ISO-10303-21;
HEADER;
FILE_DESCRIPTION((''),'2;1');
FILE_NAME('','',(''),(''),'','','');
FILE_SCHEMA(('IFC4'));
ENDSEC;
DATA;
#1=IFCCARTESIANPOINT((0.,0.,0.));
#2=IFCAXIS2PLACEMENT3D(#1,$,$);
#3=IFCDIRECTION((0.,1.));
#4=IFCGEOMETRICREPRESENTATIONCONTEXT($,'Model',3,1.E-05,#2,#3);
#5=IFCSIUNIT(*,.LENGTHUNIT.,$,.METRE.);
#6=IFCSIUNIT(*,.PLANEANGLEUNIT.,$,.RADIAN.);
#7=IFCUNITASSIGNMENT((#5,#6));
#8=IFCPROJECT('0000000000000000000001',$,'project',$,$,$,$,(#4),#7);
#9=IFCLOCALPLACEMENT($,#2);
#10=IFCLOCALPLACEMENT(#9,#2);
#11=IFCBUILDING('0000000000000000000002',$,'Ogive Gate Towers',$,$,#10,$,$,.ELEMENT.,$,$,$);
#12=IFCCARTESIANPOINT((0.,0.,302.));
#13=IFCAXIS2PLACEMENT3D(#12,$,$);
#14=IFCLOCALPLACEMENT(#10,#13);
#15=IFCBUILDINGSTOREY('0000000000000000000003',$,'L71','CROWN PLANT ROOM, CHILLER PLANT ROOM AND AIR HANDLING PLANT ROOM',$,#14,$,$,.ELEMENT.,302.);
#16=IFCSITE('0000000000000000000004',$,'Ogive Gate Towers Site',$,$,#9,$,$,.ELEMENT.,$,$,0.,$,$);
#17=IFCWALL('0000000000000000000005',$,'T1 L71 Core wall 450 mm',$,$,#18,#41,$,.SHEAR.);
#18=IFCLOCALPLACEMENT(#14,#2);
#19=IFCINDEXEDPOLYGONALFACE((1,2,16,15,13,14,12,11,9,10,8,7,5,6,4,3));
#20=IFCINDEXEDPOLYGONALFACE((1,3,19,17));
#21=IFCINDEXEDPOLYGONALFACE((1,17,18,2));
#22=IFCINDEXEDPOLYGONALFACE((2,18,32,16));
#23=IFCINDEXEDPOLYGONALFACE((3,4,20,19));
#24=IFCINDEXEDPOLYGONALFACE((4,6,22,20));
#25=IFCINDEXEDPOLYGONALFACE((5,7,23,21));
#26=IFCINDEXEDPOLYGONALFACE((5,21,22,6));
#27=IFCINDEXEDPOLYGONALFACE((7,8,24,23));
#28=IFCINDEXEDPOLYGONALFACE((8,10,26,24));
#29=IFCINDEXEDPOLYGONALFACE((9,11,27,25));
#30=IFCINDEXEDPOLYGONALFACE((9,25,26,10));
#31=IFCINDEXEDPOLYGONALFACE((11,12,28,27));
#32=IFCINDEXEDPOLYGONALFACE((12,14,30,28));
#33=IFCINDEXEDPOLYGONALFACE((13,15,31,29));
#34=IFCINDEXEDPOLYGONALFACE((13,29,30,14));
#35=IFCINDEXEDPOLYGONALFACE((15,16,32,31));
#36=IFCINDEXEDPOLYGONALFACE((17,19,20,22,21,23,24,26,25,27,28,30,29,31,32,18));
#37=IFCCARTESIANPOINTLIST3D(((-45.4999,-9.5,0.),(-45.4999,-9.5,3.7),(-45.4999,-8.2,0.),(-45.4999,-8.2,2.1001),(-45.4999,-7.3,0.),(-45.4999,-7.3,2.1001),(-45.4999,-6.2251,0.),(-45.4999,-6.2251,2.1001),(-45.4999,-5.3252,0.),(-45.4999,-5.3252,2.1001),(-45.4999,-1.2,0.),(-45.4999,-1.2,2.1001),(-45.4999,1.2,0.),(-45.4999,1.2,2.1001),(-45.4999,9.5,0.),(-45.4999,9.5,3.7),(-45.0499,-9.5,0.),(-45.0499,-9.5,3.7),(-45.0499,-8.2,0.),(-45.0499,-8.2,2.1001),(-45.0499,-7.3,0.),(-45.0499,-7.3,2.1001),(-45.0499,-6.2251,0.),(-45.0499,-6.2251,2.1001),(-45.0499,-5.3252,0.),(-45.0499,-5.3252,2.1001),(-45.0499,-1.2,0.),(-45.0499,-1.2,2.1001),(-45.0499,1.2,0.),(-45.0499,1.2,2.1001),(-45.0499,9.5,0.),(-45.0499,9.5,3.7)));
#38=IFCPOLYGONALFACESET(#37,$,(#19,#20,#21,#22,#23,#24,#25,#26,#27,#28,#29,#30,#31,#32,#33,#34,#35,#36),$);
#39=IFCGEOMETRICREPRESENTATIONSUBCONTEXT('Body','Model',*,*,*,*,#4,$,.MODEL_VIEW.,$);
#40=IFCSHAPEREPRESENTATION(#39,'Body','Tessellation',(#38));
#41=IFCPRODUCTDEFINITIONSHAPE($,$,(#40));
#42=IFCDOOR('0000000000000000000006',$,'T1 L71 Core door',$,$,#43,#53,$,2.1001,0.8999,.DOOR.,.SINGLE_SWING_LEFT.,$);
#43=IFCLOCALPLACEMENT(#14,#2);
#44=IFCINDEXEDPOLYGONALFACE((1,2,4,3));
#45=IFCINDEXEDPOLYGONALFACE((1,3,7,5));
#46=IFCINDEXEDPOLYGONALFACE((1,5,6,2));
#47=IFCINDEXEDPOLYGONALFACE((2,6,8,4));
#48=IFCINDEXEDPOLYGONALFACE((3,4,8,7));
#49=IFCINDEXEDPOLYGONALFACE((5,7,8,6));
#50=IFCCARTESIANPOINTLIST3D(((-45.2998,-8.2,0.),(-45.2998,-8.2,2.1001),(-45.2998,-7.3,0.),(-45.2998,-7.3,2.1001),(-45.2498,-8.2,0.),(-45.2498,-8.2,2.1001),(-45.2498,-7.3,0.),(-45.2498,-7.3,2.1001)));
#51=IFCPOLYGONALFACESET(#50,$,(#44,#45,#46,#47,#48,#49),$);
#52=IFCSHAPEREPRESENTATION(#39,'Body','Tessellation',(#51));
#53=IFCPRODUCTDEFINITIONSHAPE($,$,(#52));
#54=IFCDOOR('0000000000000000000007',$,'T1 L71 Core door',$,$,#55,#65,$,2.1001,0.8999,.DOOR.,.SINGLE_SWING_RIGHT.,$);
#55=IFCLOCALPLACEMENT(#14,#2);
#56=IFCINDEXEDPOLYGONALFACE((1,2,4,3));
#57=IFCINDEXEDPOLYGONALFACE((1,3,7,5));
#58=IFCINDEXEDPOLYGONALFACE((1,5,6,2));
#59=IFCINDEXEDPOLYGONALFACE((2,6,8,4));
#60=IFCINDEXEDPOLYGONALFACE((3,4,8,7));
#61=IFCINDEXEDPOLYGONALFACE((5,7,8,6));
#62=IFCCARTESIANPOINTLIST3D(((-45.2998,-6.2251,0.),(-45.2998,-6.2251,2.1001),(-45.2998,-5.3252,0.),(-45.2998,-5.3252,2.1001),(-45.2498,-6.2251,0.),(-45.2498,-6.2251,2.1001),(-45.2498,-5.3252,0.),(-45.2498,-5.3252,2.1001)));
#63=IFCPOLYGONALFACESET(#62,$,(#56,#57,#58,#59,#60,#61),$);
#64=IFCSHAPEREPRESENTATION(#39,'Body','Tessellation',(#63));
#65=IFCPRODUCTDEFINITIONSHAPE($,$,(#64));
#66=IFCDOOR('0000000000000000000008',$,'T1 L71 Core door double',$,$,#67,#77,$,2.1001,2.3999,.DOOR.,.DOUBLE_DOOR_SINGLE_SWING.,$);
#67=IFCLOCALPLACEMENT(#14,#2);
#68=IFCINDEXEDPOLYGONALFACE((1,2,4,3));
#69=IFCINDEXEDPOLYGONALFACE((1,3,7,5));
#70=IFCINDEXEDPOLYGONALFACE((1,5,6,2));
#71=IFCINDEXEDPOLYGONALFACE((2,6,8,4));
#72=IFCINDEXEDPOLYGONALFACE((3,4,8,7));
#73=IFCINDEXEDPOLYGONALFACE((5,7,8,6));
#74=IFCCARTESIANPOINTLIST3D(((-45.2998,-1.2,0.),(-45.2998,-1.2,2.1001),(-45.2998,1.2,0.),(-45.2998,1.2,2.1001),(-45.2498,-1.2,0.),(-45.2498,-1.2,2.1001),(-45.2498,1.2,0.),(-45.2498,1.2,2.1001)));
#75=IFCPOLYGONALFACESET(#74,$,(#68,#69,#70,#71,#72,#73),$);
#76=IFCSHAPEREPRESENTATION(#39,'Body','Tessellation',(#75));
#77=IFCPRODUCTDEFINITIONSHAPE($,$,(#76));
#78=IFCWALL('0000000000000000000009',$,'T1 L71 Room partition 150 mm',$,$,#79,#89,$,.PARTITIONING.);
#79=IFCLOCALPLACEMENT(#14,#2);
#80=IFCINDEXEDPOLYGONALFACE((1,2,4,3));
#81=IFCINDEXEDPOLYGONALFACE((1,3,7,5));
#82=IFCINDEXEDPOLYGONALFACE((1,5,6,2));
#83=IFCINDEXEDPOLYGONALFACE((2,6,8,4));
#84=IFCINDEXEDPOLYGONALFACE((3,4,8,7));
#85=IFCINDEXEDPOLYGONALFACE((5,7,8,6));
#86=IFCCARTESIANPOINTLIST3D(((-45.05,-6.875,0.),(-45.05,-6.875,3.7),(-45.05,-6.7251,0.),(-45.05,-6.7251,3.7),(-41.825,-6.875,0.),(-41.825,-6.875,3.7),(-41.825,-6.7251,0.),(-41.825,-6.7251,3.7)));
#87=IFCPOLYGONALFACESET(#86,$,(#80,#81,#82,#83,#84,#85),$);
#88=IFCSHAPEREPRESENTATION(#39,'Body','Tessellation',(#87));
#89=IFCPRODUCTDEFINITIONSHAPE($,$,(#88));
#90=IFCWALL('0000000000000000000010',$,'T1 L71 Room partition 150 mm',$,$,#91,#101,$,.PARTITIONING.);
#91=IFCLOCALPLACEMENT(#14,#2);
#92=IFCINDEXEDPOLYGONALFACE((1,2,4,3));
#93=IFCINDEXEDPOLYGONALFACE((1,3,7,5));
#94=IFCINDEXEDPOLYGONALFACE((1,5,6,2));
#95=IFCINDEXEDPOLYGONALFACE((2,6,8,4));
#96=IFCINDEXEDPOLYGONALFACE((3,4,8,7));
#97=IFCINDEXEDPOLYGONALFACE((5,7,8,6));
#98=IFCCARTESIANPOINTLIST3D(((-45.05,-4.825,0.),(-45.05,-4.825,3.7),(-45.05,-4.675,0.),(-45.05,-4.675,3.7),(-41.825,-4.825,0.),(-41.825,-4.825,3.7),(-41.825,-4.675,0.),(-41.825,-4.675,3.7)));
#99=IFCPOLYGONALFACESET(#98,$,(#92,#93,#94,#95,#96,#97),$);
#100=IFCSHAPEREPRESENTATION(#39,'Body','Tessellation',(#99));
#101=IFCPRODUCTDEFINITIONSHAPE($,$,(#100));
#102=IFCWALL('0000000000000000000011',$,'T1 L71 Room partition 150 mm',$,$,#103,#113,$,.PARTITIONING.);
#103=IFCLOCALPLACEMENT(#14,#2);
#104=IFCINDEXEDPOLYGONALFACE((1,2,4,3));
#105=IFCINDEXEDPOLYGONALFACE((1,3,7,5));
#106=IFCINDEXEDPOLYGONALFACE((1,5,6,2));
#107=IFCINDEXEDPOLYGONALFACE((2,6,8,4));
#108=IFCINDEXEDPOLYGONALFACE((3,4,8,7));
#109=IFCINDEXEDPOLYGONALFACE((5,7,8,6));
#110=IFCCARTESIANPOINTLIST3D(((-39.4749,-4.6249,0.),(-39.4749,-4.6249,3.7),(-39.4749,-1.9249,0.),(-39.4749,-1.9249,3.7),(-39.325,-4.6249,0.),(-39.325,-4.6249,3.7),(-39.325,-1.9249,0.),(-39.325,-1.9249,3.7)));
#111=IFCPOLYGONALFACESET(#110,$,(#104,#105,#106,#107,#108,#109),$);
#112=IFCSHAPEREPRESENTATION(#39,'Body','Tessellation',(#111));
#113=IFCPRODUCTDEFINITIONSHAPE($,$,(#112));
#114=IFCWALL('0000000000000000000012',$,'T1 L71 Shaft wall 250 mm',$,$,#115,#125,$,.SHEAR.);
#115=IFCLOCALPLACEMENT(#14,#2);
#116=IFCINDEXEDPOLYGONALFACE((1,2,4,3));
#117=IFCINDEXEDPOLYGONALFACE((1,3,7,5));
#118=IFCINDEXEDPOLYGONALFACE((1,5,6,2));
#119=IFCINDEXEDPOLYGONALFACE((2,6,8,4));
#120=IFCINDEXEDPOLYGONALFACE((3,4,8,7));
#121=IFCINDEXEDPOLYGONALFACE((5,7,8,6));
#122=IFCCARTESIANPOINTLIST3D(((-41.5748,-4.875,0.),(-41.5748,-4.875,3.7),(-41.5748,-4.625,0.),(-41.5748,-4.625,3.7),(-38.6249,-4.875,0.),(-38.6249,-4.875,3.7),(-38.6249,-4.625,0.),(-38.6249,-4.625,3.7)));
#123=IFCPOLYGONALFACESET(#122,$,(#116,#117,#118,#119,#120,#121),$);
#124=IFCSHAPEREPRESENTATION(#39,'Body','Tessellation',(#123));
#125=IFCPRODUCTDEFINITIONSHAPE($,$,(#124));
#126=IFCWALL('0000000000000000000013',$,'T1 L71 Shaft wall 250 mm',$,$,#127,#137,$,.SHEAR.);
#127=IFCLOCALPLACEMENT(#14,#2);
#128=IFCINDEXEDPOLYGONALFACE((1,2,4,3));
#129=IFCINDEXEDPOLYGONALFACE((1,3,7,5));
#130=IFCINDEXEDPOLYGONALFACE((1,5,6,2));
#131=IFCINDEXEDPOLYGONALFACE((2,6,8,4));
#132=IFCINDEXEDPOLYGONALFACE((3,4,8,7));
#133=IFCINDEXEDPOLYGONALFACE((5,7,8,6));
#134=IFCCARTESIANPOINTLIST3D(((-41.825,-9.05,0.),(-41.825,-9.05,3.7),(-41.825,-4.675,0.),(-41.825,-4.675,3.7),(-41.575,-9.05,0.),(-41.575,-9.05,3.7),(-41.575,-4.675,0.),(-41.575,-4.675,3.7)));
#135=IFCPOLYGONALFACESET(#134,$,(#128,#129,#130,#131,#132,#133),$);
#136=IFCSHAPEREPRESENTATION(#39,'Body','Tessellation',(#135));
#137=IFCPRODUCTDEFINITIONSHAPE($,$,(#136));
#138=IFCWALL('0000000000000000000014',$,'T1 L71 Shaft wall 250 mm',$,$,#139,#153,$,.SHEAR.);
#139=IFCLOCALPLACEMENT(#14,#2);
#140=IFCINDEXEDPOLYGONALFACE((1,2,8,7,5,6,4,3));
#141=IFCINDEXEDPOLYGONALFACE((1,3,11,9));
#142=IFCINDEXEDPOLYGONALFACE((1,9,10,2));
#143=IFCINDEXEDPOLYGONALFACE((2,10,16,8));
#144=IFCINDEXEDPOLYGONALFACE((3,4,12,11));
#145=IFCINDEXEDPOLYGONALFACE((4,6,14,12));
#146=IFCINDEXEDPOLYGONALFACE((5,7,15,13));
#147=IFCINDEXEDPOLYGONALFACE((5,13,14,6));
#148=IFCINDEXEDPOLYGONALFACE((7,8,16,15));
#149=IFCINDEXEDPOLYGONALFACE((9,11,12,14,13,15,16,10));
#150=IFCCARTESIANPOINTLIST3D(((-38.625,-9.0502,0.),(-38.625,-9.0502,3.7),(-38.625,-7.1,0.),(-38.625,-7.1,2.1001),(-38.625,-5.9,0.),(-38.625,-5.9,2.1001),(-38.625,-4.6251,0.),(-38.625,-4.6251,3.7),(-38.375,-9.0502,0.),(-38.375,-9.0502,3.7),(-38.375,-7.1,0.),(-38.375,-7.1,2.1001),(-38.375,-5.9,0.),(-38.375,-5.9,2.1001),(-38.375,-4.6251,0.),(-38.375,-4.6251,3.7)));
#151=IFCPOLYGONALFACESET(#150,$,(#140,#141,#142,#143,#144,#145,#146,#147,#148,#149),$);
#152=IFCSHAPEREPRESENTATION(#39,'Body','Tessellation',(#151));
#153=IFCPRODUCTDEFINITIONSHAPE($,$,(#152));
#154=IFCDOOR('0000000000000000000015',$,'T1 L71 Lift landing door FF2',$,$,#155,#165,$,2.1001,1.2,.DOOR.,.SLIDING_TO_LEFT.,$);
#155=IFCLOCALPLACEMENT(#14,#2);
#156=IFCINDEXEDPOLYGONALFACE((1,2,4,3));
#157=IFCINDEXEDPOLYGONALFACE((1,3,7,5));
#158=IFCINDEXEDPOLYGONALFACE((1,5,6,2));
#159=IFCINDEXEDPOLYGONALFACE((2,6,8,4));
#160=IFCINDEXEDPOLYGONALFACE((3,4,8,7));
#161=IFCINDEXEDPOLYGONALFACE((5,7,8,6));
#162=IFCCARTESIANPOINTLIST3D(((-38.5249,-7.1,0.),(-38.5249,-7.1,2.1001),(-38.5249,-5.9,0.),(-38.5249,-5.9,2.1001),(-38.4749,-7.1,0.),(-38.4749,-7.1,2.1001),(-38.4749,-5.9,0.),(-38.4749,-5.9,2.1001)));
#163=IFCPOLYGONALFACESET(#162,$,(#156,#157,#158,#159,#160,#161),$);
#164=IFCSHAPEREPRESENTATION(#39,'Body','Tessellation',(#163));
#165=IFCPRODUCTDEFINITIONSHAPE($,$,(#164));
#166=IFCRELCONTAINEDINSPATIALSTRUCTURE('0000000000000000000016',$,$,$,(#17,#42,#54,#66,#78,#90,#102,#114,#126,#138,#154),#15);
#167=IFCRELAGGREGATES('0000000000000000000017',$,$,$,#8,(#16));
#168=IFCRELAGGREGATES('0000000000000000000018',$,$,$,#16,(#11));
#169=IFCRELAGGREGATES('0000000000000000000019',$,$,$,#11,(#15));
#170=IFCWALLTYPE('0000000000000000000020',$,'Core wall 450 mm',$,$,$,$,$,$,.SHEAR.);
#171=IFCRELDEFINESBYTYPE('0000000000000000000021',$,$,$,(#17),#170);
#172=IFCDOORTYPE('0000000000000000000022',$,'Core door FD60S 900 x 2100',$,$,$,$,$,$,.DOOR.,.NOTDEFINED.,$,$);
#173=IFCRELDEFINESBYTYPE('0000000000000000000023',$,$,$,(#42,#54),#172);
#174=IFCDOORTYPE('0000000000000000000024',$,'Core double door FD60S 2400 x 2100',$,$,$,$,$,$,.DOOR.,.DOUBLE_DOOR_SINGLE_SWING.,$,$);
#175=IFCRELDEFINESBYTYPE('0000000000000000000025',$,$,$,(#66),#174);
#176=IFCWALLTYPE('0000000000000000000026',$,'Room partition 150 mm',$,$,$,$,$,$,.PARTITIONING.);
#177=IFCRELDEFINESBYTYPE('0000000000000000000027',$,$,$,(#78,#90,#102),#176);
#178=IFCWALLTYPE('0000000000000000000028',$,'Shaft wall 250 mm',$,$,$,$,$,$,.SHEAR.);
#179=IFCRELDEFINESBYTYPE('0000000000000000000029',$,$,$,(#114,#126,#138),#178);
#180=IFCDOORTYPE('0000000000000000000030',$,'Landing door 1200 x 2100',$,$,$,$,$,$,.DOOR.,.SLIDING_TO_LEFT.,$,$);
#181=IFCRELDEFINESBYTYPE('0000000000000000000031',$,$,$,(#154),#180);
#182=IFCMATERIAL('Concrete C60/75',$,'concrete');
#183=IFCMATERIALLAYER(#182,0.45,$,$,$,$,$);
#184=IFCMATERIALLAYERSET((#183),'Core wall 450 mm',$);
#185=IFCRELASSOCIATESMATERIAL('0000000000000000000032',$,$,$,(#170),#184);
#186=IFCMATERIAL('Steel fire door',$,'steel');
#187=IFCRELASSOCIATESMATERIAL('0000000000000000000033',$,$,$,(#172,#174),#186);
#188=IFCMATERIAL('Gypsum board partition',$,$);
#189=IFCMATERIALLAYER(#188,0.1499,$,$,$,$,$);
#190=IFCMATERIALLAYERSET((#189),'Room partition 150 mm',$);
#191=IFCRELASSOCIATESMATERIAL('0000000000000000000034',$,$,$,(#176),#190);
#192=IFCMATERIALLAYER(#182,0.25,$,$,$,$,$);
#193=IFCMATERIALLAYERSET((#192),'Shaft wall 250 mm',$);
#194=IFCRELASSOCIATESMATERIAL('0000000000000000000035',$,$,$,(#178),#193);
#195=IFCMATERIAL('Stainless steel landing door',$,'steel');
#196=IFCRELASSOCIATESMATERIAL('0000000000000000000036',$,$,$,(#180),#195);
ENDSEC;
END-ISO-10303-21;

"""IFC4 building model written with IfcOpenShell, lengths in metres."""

from ifc_helpers import new_model, si_unit, direction, frame, frame_2d, origin, place, context, subcontext, project, spatial, rectangle, extrude, material, layer, layer_set, type_object, element, fill, save


model = new_model("IFC4")

# Units and contexts
model_context = context("Model", 3, precision=1e-05, world=origin(), true_north=direction((0.0, 1.0)))
body_context = subcontext(model_context, "Body", "Model", "MODEL_VIEW")
ifc_project = project(units=[si_unit("LENGTHUNIT", "METRE"), si_unit("PLANEANGLEUNIT", "RADIAN")], contexts=[model_context])

# Site, building, storey
site_placement = place(None, origin())
site = spatial("IfcSite", under=ifc_project, at=site_placement, Name="Ogive Gate Towers Site", CompositionType="ELEMENT", RefElevation=0.0)
building_placement = place(site_placement, origin())
building = spatial("IfcBuilding", under=site, at=building_placement, Name="Ogive Gate Towers", CompositionType="ELEMENT")
storey_placement = place(building_placement, frame((0.0, 0.0, 302.0)))
storey = spatial("IfcBuildingStorey", under=building, at=storey_placement, Name="L71", Description="CROWN PLANT ROOM, CHILLER PLANT ROOM AND AIR HANDLING PLANT ROOM", CompositionType="ELEMENT", Elevation=302.0)

# Shared definitions
ifc_material_1 = material(Name="Concrete C60/75", Category="concrete")
ifc_layer_1 = layer(ifc_material_1, 0.45)
ifc_layer_set_1 = layer_set([ifc_layer_1], Name="Core wall 450 mm")
wall_type_1 = type_object("IfcWallType", Name="Core wall 450 mm", PredefinedType="SHEAR", material=ifc_layer_set_1)
ifc_material_2 = material(Name="Steel fire door", Category="steel")

# Wall, openings, doors
wall_1_placement = place(storey_placement, frame((-45.2749, -9.5, 0.0), z_axis=(0.0, 0.0, 1.0), x_axis=(0.0, 1.0, 0.0)))
wall_1 = element("IfcWall", 1, at=wall_1_placement, inside=storey, type_object=wall_type_1, Name="T1 L71 Core wall 450 mm", PredefinedType="SHEAR", context=body_context, shape_type="SweptSolid", body=[
    extrude(rectangle(XDim=19.0, YDim=0.45, at=frame_2d((9.5, 0.0))), origin(), (0.0, 0.0, 1.0), 3.7),
])
opening_1_placement = place(wall_1_placement, frame((8.3, 0.0, 0.0)))
opening_1 = element("IfcOpeningElement", 2, at=opening_1_placement, cuts=wall_1, PredefinedType="OPENING", context=body_context, shape_type="SweptSolid", body=[
    extrude(rectangle(XDim=2.3999, YDim=2.1001, at=frame_2d((1.2, 1.05))), frame((0.0, 0.2349, 0.0), z_axis=(0.0, -1.0, 0.0), x_axis=(1.0, 0.0, 0.0)), (0.0, 0.0, 1.0), 0.47),
])
opening_2_placement = place(wall_1_placement, frame((1.3, 0.0, 0.0)))
opening_2 = element("IfcOpeningElement", 3, at=opening_2_placement, cuts=wall_1, PredefinedType="OPENING", context=body_context, shape_type="SweptSolid", body=[
    extrude(rectangle(XDim=0.8999, YDim=2.1001, at=frame_2d((0.45, 1.05))), frame((0.0, 0.2349, 0.0), z_axis=(0.0, -1.0, 0.0), x_axis=(1.0, 0.0, 0.0)), (0.0, 0.0, 1.0), 0.47),
])
opening_3_placement = place(wall_1_placement, frame((3.2749, 0.0, 0.0)))
opening_3 = element("IfcOpeningElement", 4, at=opening_3_placement, cuts=wall_1, PredefinedType="OPENING", context=body_context, shape_type="SweptSolid", body=[
    extrude(rectangle(XDim=0.8999, YDim=2.1001, at=frame_2d((0.45, 1.05))), frame((0.0, 0.2349, 0.0), z_axis=(0.0, -1.0, 0.0), x_axis=(1.0, 0.0, 0.0)), (0.0, 0.0, 1.0), 0.47),
])
door_type_1 = type_object("IfcDoorType", Name="Core door FD60S 900 x 2100", OperationType="NOTDEFINED", PredefinedType="DOOR", material=ifc_material_2)
door_1_placement = place(opening_2_placement, origin())
door_1 = element("IfcDoor", 5, at=door_1_placement, inside=storey, type_object=door_type_1, Name="T1 L71 Core door", OperationType="SINGLE_SWING_LEFT", OverallHeight=2.1001, OverallWidth=0.8999, PredefinedType="DOOR", context=body_context, shape_type="SweptSolid", body=[
    extrude(rectangle(XDim=0.8999, YDim=2.1001, at=frame_2d((0.45, 1.05))), frame((0.0, 0.0249, 0.0), z_axis=(0.0, -1.0, 0.0), x_axis=(1.0, 0.0, 0.0)), (0.0, 0.0, 1.0), 0.05),
])
fill(opening_2, door_1)
door_2_placement = place(opening_3_placement, origin())
door_2 = element("IfcDoor", 6, at=door_2_placement, inside=storey, type_object=door_type_1, Name="T1 L71 Core door", OperationType="SINGLE_SWING_RIGHT", OverallHeight=2.1001, OverallWidth=0.8999, PredefinedType="DOOR", context=body_context, shape_type="SweptSolid", body=[
    extrude(rectangle(XDim=0.8999, YDim=2.1001, at=frame_2d((0.45, 1.05))), frame((0.0, 0.0249, 0.0), z_axis=(0.0, -1.0, 0.0), x_axis=(1.0, 0.0, 0.0)), (0.0, 0.0, 1.0), 0.05),
])
fill(opening_3, door_2)
door_type_2 = type_object("IfcDoorType", Name="Core double door FD60S 2400 x 2100", OperationType="DOUBLE_DOOR_SINGLE_SWING", PredefinedType="DOOR", material=ifc_material_2)
door_3_placement = place(opening_1_placement, origin())
door_3 = element("IfcDoor", 7, at=door_3_placement, inside=storey, type_object=door_type_2, Name="T1 L71 Core door double", OperationType="DOUBLE_DOOR_SINGLE_SWING", OverallHeight=2.1001, OverallWidth=2.3999, PredefinedType="DOOR", context=body_context, shape_type="SweptSolid", body=[
    extrude(rectangle(XDim=2.3999, YDim=2.1001, at=frame_2d((1.2, 1.05))), frame((0.0, 0.0249, 0.0), z_axis=(0.0, -1.0, 0.0), x_axis=(1.0, 0.0, 0.0)), (0.0, 0.0, 1.0), 0.05),
])
fill(opening_1, door_3)

# Walls
ifc_material_3 = material(Name="Gypsum board partition")
ifc_layer_2 = layer(ifc_material_3, 0.1499)
ifc_layer_set_2 = layer_set([ifc_layer_2], Name="Room partition 150 mm")
wall_type_2 = type_object("IfcWallType", Name="Room partition 150 mm", PredefinedType="PARTITIONING", material=ifc_layer_set_2)
for number, where, z_axis, x_axis, name in (
    (8, (-45.05, -6.8, 0.0), (0.0, 0.0, 1.0), (1.0, 0.0, 0.0), "T1 L71 Room partition 150 mm"),
    (9, (-45.05, -4.75, 0.0), (0.0, 0.0, 1.0), (1.0, 0.0, 0.0), "T1 L71 Room partition 150 mm"),
):
    element("IfcWall", number, at=place(storey_placement, frame(where, z_axis=z_axis, x_axis=x_axis)), inside=storey, type_object=wall_type_2, Name=name, PredefinedType="PARTITIONING", context=body_context, shape_type="SweptSolid", body=[
        extrude(rectangle(XDim=3.2251, YDim=0.1499, at=frame_2d((1.6125, 0.0))), origin(), (0.0, 0.0, 1.0), 3.7),
    ])
wall_2_placement = place(storey_placement, frame((-39.3999, -4.625, 0.0), z_axis=(0.0, 0.0, 1.0), x_axis=(0.0, 1.0, 0.0)))
element("IfcWall", 10, at=wall_2_placement, inside=storey, type_object=wall_type_2, Name="T1 L71 Room partition 150 mm", PredefinedType="PARTITIONING", context=body_context, shape_type="SweptSolid", body=[
    extrude(rectangle(XDim=2.7, YDim=0.1499, at=frame_2d((1.3501, 0.0))), origin(), (0.0, 0.0, 1.0), 3.7),
])
ifc_layer_3 = layer(ifc_material_1, 0.25)
ifc_layer_set_3 = layer_set([ifc_layer_3], Name="Shaft wall 250 mm")
wall_type_3 = type_object("IfcWallType", Name="Shaft wall 250 mm", PredefinedType="SHEAR", material=ifc_layer_set_3)
wall_3_placement = place(storey_placement, frame((-41.575, -4.75, 0.0), z_axis=(0.0, 0.0, 1.0), x_axis=(1.0, 0.0, 0.0)))
element("IfcWall", 11, at=wall_3_placement, inside=storey, type_object=wall_type_3, Name="T1 L71 Shaft wall 250 mm", PredefinedType="SHEAR", context=body_context, shape_type="SweptSolid", body=[
    extrude(rectangle(XDim=2.95, YDim=0.25, at=frame_2d((1.4751, 0.0))), origin(), (0.0, 0.0, 1.0), 3.7),
])
wall_4_placement = place(storey_placement, frame((-41.7, -9.05, 0.0), z_axis=(0.0, 0.0, 1.0), x_axis=(0.0, 1.0, 0.0)))
element("IfcWall", 12, at=wall_4_placement, inside=storey, type_object=wall_type_3, Name="T1 L71 Shaft wall 250 mm", PredefinedType="SHEAR", context=body_context, shape_type="SweptSolid", body=[
    extrude(rectangle(XDim=4.375, YDim=0.25, at=frame_2d((2.1875, 0.0))), origin(), (0.0, 0.0, 1.0), 3.7),
])

# Wall, opening, door
wall_5_placement = place(storey_placement, frame((-38.5, -9.05, 0.0), z_axis=(0.0, 0.0, 1.0), x_axis=(0.0, 1.0, 0.0)))
wall_5 = element("IfcWall", 13, at=wall_5_placement, inside=storey, type_object=wall_type_3, Name="T1 L71 Shaft wall 250 mm", PredefinedType="SHEAR", context=body_context, shape_type="SweptSolid", body=[
    extrude(rectangle(XDim=4.425, YDim=0.25, at=frame_2d((2.2124, 0.0))), origin(), (0.0, 0.0, 1.0), 3.7),
])
opening_4_placement = place(wall_5_placement, frame((1.95, 0.0, 0.0)))
opening_4 = element("IfcOpeningElement", 14, at=opening_4_placement, cuts=wall_5, PredefinedType="OPENING", context=body_context, shape_type="SweptSolid", body=[
    extrude(rectangle(XDim=1.2, YDim=2.1001, at=frame_2d((0.6001, 1.05))), frame((0.0, 0.135, 0.0), z_axis=(0.0, -1.0, 0.0), x_axis=(1.0, 0.0, 0.0)), (0.0, 0.0, 1.0), 0.27),
])
ifc_material_4 = material(Name="Stainless steel landing door", Category="steel")
door_type_3 = type_object("IfcDoorType", Name="Landing door 1200 x 2100", OperationType="SLIDING_TO_LEFT", PredefinedType="DOOR", material=ifc_material_4)
door_4_placement = place(opening_4_placement, origin())
door_4 = element("IfcDoor", 15, at=door_4_placement, inside=storey, type_object=door_type_3, Name="T1 L71 Lift landing door FF2", OperationType="SLIDING_TO_LEFT", OverallHeight=2.1001, OverallWidth=1.2, PredefinedType="DOOR", context=body_context, shape_type="SweptSolid", body=[
    extrude(rectangle(XDim=1.2, YDim=2.1001, at=frame_2d((0.6001, 1.05))), frame((0.0, 0.0249, 0.0), z_axis=(0.0, -1.0, 0.0), x_axis=(1.0, 0.0, 0.0)), (0.0, 0.0, 1.0), 0.05),
])
fill(opening_4, door_4)

save(model, "model.ifc")
